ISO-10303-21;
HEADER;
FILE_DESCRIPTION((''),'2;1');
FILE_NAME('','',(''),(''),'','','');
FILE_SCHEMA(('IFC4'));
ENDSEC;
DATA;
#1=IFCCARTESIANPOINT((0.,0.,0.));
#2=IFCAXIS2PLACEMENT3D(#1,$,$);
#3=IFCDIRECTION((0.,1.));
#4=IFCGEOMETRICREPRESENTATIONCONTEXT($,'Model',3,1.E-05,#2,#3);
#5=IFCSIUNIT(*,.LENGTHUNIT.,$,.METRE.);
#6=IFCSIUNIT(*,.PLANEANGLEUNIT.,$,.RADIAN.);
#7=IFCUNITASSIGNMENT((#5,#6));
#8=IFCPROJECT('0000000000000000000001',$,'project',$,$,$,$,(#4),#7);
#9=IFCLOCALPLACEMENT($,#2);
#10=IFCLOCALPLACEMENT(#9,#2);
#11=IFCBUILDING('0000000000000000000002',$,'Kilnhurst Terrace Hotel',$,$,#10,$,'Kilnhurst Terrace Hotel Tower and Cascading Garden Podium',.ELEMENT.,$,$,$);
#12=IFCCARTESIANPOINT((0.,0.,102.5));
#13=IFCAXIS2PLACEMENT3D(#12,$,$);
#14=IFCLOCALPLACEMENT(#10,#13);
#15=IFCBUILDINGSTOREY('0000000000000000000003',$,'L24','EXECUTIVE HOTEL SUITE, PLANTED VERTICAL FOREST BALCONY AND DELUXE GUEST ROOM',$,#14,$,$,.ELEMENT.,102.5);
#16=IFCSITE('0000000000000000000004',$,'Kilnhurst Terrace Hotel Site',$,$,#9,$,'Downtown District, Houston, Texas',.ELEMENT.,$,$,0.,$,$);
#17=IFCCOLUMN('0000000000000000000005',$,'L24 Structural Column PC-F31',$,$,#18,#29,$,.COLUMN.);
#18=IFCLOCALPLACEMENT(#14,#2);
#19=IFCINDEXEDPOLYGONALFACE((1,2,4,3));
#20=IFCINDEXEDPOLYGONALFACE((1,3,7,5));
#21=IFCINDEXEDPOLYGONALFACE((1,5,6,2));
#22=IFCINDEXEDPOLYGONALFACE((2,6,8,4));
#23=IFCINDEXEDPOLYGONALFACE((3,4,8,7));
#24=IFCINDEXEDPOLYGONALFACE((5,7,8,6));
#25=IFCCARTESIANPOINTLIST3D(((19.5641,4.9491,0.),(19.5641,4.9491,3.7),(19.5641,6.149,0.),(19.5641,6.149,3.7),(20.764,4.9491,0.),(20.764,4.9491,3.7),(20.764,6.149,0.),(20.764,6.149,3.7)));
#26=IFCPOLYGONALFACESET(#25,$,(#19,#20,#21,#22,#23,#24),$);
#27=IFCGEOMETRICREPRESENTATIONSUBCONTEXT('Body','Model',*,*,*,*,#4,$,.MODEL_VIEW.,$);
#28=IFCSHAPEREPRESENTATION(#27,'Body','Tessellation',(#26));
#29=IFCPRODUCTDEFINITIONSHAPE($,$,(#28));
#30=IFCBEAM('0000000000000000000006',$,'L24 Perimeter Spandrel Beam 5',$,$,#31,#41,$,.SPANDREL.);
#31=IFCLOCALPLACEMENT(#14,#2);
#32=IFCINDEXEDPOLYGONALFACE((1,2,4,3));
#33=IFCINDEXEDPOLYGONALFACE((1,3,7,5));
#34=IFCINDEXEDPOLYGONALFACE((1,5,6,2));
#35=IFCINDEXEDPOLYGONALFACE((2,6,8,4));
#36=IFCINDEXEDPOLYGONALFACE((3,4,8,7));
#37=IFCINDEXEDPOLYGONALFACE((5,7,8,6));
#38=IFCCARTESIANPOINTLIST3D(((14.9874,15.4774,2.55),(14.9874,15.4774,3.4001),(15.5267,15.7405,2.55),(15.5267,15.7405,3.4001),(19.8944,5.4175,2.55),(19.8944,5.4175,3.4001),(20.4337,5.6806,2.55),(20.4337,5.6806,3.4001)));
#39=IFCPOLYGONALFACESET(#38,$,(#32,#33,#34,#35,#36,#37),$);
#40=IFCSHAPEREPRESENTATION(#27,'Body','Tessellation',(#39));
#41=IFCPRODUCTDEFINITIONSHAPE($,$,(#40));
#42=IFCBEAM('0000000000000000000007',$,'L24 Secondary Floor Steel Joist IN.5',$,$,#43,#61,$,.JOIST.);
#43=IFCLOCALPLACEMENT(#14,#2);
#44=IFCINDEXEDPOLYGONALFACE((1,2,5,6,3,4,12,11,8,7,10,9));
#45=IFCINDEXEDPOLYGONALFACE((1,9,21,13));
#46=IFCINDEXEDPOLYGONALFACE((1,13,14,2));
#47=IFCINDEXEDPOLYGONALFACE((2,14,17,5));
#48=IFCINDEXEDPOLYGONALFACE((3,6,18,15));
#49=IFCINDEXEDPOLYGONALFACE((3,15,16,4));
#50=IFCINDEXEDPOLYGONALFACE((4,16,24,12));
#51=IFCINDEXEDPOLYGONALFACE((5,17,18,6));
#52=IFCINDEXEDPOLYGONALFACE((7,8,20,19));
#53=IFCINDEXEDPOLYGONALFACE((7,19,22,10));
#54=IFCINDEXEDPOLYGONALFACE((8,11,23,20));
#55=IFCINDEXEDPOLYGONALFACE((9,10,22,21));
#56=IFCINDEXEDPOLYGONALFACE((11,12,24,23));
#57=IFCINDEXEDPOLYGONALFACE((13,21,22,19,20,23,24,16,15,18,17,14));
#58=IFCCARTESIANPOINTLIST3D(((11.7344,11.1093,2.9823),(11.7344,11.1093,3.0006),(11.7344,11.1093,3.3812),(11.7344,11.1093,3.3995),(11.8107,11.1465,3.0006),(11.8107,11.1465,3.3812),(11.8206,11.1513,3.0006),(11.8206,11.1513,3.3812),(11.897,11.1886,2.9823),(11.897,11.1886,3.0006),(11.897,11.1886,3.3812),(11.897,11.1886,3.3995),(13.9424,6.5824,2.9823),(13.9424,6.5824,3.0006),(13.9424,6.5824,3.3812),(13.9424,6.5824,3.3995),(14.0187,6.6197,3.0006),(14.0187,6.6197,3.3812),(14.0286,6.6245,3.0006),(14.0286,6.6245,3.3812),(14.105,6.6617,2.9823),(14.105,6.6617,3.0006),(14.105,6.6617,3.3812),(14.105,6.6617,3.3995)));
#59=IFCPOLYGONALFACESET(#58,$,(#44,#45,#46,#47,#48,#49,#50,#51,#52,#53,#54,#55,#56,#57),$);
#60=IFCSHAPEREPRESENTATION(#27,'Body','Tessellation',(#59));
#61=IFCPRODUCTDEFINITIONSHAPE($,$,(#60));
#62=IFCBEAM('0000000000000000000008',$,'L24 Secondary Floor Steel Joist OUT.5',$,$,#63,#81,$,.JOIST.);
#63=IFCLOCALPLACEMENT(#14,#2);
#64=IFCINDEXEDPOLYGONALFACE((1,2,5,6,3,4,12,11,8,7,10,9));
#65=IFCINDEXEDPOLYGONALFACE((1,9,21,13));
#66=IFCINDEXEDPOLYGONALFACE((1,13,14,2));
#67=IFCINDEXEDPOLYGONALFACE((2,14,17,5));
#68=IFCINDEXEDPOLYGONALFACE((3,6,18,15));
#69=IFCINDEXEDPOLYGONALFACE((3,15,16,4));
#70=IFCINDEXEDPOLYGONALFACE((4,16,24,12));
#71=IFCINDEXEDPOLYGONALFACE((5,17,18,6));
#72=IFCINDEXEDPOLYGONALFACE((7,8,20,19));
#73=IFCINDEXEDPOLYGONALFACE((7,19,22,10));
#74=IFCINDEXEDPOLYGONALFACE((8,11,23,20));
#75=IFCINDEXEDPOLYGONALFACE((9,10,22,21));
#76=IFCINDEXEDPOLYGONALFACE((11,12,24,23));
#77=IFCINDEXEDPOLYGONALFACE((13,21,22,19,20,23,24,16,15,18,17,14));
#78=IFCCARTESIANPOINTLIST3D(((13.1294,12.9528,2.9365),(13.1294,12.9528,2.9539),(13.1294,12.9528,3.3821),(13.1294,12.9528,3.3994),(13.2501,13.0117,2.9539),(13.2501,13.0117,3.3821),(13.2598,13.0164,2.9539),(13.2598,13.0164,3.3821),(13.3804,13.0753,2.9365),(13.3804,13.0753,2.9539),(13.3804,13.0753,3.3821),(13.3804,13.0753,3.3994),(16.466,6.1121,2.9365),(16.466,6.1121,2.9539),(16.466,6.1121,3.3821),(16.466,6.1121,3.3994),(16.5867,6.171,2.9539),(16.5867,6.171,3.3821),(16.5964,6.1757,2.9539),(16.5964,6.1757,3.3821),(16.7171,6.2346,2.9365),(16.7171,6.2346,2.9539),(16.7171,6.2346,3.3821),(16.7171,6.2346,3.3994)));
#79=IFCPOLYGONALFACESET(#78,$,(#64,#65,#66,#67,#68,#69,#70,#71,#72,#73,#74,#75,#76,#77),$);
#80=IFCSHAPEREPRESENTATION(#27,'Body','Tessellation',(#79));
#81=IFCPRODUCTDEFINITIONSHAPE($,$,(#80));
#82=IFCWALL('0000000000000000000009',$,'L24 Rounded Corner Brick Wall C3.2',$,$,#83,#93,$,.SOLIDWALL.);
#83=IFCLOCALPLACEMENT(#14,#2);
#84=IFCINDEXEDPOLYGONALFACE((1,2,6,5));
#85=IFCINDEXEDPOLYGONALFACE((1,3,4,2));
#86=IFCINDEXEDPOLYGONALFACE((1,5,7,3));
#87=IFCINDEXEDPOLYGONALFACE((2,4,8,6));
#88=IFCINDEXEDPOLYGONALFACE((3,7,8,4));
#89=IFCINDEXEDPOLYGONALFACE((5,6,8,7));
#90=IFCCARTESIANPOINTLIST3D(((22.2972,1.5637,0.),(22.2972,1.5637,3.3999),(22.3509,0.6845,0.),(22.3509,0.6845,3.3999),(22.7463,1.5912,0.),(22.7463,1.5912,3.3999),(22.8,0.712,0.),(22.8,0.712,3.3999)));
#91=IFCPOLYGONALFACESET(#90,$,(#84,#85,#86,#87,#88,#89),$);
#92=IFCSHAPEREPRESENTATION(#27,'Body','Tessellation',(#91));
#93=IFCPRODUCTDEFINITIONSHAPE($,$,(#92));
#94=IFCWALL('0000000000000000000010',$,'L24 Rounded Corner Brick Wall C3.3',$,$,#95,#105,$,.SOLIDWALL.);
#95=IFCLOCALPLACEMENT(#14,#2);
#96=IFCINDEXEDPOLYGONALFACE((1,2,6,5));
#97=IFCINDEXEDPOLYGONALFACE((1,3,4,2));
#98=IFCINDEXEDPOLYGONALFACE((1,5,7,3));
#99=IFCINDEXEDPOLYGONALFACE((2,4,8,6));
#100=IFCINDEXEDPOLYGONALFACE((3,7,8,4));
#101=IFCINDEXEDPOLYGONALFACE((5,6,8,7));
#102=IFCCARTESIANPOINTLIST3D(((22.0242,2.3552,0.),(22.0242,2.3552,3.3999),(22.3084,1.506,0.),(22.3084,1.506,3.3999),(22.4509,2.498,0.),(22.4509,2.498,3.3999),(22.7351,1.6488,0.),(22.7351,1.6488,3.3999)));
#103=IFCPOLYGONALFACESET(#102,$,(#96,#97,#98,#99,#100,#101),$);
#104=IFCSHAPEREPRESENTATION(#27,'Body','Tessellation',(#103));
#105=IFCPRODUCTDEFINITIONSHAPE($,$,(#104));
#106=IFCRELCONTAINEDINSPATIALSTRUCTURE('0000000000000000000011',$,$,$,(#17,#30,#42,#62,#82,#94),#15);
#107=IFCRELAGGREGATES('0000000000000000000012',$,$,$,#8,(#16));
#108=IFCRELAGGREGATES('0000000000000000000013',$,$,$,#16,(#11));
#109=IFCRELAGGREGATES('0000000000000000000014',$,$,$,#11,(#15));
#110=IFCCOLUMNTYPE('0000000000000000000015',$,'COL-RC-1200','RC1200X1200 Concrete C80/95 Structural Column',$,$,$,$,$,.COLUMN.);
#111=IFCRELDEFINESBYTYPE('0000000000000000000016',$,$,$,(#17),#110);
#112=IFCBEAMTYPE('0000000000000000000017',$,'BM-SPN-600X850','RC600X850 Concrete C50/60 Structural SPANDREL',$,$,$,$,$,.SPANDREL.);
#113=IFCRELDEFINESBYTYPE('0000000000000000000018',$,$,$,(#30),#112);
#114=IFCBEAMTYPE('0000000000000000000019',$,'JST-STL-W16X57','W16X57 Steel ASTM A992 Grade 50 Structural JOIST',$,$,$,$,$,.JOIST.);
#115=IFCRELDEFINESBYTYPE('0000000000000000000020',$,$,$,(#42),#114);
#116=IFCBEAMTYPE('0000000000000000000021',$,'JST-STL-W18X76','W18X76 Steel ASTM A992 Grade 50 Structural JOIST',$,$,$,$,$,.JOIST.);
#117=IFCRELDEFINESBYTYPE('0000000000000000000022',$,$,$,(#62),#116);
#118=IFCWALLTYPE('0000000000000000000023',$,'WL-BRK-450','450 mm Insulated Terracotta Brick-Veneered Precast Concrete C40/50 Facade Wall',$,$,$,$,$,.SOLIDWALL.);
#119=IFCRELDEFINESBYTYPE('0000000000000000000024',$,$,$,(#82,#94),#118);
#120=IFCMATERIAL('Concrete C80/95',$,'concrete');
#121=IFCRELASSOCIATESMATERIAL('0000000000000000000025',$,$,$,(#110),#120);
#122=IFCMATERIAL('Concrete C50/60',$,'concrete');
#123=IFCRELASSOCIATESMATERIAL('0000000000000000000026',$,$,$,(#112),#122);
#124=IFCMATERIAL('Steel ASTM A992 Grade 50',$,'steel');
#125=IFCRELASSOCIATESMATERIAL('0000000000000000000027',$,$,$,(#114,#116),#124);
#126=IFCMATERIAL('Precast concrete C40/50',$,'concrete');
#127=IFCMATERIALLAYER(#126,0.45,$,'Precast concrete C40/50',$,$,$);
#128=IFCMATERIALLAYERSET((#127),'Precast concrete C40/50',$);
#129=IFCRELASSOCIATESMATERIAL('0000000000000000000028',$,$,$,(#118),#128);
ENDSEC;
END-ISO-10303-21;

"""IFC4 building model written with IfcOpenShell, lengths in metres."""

from ifc_helpers import new_model, si_unit, direction, frame, frame_2d, origin, origin_2d, place, context, subcontext, project, spatial, rectangle, i_section, extrude, material, layer, layer_set, material_profile, profile_set, type_object, element, save


model = new_model("IFC4")

# Units and contexts
model_context = context("Model", 3, precision=1e-05, world=origin(), true_north=direction((0.0, 1.0)))
body_context = subcontext(model_context, "Body", "Model", "MODEL_VIEW")
ifc_project = project(units=[si_unit("LENGTHUNIT", "METRE"), si_unit("PLANEANGLEUNIT", "RADIAN")], contexts=[model_context])

# Site, building, storey
site_placement = place(None, origin())
site = spatial("IfcSite", under=ifc_project, at=site_placement, Name="Kilnhurst Terrace Hotel Site", LongName="Downtown District, Houston, Texas", CompositionType="ELEMENT", RefElevation=0.0)
building_placement = place(site_placement, origin())
building = spatial("IfcBuilding", under=site, at=building_placement, Name="Kilnhurst Terrace Hotel", LongName="Kilnhurst Terrace Hotel Tower and Cascading Garden Podium", CompositionType="ELEMENT")
storey_placement = place(building_placement, frame((0.0, 0.0, 102.5)))
storey = spatial("IfcBuildingStorey", under=building, at=storey_placement, Name="L24", Description="EXECUTIVE HOTEL SUITE, PLANTED VERTICAL FOREST BALCONY AND DELUXE GUEST ROOM", CompositionType="ELEMENT", Elevation=102.5)

# Column
ifc_material_1 = material(Name="Concrete C80/95", Category="concrete")
ifc_material_profile_1 = material_profile(ifc_material_1, rectangle(XDim=1.2, YDim=1.2, at=origin_2d()), Name="RC1200X1200")
ifc_profile_set_1 = profile_set([ifc_material_profile_1], Name="Concrete C80/95")
column_type = type_object("IfcColumnType", Name="COL-RC-1200", Description="RC1200X1200 Concrete C80/95 Structural Column", PredefinedType="COLUMN", material=ifc_profile_set_1)
column_placement = place(storey_placement, frame((20.1641, 5.5491, 0.0), z_axis=(0.0, 0.0, 1.0), x_axis=(1.0, 0.0, 0.0)))
element("IfcColumn", 1, at=column_placement, inside=storey, type_object=column_type, Name="L24 Structural Column PC-F31", PredefinedType="COLUMN", context=body_context, shape_type="SweptSolid", body=[
    extrude(rectangle(XDim=1.2, YDim=1.2, at=origin_2d()), origin(), (0.0, 0.0, 1.0), 3.7),
])

# Beams
ifc_material_2 = material(Name="Concrete C50/60", Category="concrete")
ifc_material_profile_2 = material_profile(ifc_material_2, rectangle(XDim=0.6001, YDim=0.8501, at=origin_2d()), Name="RC600X850")
ifc_profile_set_2 = profile_set([ifc_material_profile_2], Name="Concrete C50/60")
beam_type_1 = type_object("IfcBeamType", Name="BM-SPN-600X850", Description="RC600X850 Concrete C50/60 Structural SPANDREL", PredefinedType="SPANDREL", material=ifc_profile_set_2)
beam_1_placement = place(storey_placement, frame((20.1641, 5.5491, 2.9751), z_axis=(-0.438406, 0.898777, 0.0), x_axis=(-0.898777, -0.438406, 0.0)))
element("IfcBeam", 2, at=beam_1_placement, inside=storey, type_object=beam_type_1, Name="L24 Perimeter Spandrel Beam 5", PredefinedType="SPANDREL", context=body_context, shape_type="SweptSolid", body=[
    extrude(rectangle(XDim=0.6001, YDim=0.8501, at=origin_2d()), origin(), (0.0, 0.0, 1.0), 11.1929),
])
ifc_material_3 = material(Name="Steel ASTM A992 Grade 50", Category="steel")
ifc_material_profile_3 = material_profile(ifc_material_3, i_section(OverallWidth=0.1809, OverallDepth=0.4172, WebThickness=0.011, FlangeThickness=0.0183, at=origin_2d()), Name="W16X57")
ifc_profile_set_3 = profile_set([ifc_material_profile_3], Name="Steel ASTM A992 Grade 50")
beam_type_2 = type_object("IfcBeamType", Name="JST-STL-W16X57", Description="W16X57 Steel ASTM A992 Grade 50 Structural JOIST", PredefinedType="JOIST", material=ifc_profile_set_3)
beam_2_placement = place(storey_placement, frame((14.0237, 6.6221, 3.1909), z_axis=(-0.438389, 0.898785, 0.0), x_axis=(-0.898785, -0.438389, 0.0)))
element("IfcBeam", 3, at=beam_2_placement, inside=storey, type_object=beam_type_2, Name="L24 Secondary Floor Steel Joist IN.5", PredefinedType="JOIST", context=body_context, shape_type="SweptSolid", body=[
    extrude(i_section(OverallWidth=0.1809, OverallDepth=0.4172, WebThickness=0.011, FlangeThickness=0.0183, at=origin_2d()), origin(), (0.0, 0.0, 1.0), 5.0366),
])
ifc_material_profile_4 = material_profile(ifc_material_3, i_section(OverallWidth=0.2793, OverallDepth=0.4629, WebThickness=0.0107, FlangeThickness=0.0173, at=origin_2d()), Name="W18X76")
ifc_profile_set_4 = profile_set([ifc_material_profile_4], Name="Steel ASTM A992 Grade 50")
beam_type_3 = type_object("IfcBeamType", Name="JST-STL-W18X76", Description="W18X76 Steel ASTM A992 Grade 50 Structural JOIST", PredefinedType="JOIST", material=ifc_profile_set_4)
beam_3_placement = place(storey_placement, frame((16.5916, 6.1733, 3.168), z_axis=(-0.43839, 0.898785, 0.0), x_axis=(-0.898785, -0.43839, 0.0)))
element("IfcBeam", 4, at=beam_3_placement, inside=storey, type_object=beam_type_3, Name="L24 Secondary Floor Steel Joist OUT.5", PredefinedType="JOIST", context=body_context, shape_type="SweptSolid", body=[
    extrude(i_section(OverallWidth=0.2793, OverallDepth=0.4629, WebThickness=0.0107, FlangeThickness=0.0173, at=origin_2d()), origin(), (0.0, 0.0, 1.0), 7.6111),
])

# Walls
ifc_material_4 = material(Name="Precast concrete C40/50", Category="concrete")
ifc_layer_1 = layer(ifc_material_4, 0.45, Name="Precast concrete C40/50")
ifc_layer_set_1 = layer_set([ifc_layer_1], Name="Precast concrete C40/50")
wall_type_1 = type_object("IfcWallType", Name="WL-BRK-450", Description="450 mm Insulated Terracotta Brick-Veneered Precast Concrete C40/50 Facade Wall", PredefinedType="SOLIDWALL", material=ifc_layer_set_1)
wall_1_placement = place(storey_placement, frame((22.5754, 0.6982, 0.0), z_axis=(0.0, 0.0, 1.0), x_axis=(-0.06098, 0.998139, 0.0)))
element("IfcWall", 5, at=wall_1_placement, inside=storey, type_object=wall_type_1, Name="L24 Rounded Corner Brick Wall C3.2", PredefinedType="SOLIDWALL", context=body_context, shape_type="SweptSolid", body=[
    extrude(rectangle(XDim=0.8809, YDim=0.45, at=frame_2d((0.4404, 0.0))), origin(), (0.0, 0.0, 1.0), 3.3999),
])
wall_2_placement = place(storey_placement, frame((22.5217, 1.5774, 0.0), z_axis=(0.0, 0.0, 1.0), x_axis=(-0.317373, 0.948301, 0.0)))
element("IfcWall", 6, at=wall_2_placement, inside=storey, type_object=wall_type_1, Name="L24 Rounded Corner Brick Wall C3.3", PredefinedType="SOLIDWALL", context=body_context, shape_type="SweptSolid", body=[
    extrude(rectangle(XDim=0.8955, YDim=0.45, at=frame_2d((0.4478, 0.0))), origin(), (0.0, 0.0, 1.0), 3.3999),
])

save(model, "model.ifc")
